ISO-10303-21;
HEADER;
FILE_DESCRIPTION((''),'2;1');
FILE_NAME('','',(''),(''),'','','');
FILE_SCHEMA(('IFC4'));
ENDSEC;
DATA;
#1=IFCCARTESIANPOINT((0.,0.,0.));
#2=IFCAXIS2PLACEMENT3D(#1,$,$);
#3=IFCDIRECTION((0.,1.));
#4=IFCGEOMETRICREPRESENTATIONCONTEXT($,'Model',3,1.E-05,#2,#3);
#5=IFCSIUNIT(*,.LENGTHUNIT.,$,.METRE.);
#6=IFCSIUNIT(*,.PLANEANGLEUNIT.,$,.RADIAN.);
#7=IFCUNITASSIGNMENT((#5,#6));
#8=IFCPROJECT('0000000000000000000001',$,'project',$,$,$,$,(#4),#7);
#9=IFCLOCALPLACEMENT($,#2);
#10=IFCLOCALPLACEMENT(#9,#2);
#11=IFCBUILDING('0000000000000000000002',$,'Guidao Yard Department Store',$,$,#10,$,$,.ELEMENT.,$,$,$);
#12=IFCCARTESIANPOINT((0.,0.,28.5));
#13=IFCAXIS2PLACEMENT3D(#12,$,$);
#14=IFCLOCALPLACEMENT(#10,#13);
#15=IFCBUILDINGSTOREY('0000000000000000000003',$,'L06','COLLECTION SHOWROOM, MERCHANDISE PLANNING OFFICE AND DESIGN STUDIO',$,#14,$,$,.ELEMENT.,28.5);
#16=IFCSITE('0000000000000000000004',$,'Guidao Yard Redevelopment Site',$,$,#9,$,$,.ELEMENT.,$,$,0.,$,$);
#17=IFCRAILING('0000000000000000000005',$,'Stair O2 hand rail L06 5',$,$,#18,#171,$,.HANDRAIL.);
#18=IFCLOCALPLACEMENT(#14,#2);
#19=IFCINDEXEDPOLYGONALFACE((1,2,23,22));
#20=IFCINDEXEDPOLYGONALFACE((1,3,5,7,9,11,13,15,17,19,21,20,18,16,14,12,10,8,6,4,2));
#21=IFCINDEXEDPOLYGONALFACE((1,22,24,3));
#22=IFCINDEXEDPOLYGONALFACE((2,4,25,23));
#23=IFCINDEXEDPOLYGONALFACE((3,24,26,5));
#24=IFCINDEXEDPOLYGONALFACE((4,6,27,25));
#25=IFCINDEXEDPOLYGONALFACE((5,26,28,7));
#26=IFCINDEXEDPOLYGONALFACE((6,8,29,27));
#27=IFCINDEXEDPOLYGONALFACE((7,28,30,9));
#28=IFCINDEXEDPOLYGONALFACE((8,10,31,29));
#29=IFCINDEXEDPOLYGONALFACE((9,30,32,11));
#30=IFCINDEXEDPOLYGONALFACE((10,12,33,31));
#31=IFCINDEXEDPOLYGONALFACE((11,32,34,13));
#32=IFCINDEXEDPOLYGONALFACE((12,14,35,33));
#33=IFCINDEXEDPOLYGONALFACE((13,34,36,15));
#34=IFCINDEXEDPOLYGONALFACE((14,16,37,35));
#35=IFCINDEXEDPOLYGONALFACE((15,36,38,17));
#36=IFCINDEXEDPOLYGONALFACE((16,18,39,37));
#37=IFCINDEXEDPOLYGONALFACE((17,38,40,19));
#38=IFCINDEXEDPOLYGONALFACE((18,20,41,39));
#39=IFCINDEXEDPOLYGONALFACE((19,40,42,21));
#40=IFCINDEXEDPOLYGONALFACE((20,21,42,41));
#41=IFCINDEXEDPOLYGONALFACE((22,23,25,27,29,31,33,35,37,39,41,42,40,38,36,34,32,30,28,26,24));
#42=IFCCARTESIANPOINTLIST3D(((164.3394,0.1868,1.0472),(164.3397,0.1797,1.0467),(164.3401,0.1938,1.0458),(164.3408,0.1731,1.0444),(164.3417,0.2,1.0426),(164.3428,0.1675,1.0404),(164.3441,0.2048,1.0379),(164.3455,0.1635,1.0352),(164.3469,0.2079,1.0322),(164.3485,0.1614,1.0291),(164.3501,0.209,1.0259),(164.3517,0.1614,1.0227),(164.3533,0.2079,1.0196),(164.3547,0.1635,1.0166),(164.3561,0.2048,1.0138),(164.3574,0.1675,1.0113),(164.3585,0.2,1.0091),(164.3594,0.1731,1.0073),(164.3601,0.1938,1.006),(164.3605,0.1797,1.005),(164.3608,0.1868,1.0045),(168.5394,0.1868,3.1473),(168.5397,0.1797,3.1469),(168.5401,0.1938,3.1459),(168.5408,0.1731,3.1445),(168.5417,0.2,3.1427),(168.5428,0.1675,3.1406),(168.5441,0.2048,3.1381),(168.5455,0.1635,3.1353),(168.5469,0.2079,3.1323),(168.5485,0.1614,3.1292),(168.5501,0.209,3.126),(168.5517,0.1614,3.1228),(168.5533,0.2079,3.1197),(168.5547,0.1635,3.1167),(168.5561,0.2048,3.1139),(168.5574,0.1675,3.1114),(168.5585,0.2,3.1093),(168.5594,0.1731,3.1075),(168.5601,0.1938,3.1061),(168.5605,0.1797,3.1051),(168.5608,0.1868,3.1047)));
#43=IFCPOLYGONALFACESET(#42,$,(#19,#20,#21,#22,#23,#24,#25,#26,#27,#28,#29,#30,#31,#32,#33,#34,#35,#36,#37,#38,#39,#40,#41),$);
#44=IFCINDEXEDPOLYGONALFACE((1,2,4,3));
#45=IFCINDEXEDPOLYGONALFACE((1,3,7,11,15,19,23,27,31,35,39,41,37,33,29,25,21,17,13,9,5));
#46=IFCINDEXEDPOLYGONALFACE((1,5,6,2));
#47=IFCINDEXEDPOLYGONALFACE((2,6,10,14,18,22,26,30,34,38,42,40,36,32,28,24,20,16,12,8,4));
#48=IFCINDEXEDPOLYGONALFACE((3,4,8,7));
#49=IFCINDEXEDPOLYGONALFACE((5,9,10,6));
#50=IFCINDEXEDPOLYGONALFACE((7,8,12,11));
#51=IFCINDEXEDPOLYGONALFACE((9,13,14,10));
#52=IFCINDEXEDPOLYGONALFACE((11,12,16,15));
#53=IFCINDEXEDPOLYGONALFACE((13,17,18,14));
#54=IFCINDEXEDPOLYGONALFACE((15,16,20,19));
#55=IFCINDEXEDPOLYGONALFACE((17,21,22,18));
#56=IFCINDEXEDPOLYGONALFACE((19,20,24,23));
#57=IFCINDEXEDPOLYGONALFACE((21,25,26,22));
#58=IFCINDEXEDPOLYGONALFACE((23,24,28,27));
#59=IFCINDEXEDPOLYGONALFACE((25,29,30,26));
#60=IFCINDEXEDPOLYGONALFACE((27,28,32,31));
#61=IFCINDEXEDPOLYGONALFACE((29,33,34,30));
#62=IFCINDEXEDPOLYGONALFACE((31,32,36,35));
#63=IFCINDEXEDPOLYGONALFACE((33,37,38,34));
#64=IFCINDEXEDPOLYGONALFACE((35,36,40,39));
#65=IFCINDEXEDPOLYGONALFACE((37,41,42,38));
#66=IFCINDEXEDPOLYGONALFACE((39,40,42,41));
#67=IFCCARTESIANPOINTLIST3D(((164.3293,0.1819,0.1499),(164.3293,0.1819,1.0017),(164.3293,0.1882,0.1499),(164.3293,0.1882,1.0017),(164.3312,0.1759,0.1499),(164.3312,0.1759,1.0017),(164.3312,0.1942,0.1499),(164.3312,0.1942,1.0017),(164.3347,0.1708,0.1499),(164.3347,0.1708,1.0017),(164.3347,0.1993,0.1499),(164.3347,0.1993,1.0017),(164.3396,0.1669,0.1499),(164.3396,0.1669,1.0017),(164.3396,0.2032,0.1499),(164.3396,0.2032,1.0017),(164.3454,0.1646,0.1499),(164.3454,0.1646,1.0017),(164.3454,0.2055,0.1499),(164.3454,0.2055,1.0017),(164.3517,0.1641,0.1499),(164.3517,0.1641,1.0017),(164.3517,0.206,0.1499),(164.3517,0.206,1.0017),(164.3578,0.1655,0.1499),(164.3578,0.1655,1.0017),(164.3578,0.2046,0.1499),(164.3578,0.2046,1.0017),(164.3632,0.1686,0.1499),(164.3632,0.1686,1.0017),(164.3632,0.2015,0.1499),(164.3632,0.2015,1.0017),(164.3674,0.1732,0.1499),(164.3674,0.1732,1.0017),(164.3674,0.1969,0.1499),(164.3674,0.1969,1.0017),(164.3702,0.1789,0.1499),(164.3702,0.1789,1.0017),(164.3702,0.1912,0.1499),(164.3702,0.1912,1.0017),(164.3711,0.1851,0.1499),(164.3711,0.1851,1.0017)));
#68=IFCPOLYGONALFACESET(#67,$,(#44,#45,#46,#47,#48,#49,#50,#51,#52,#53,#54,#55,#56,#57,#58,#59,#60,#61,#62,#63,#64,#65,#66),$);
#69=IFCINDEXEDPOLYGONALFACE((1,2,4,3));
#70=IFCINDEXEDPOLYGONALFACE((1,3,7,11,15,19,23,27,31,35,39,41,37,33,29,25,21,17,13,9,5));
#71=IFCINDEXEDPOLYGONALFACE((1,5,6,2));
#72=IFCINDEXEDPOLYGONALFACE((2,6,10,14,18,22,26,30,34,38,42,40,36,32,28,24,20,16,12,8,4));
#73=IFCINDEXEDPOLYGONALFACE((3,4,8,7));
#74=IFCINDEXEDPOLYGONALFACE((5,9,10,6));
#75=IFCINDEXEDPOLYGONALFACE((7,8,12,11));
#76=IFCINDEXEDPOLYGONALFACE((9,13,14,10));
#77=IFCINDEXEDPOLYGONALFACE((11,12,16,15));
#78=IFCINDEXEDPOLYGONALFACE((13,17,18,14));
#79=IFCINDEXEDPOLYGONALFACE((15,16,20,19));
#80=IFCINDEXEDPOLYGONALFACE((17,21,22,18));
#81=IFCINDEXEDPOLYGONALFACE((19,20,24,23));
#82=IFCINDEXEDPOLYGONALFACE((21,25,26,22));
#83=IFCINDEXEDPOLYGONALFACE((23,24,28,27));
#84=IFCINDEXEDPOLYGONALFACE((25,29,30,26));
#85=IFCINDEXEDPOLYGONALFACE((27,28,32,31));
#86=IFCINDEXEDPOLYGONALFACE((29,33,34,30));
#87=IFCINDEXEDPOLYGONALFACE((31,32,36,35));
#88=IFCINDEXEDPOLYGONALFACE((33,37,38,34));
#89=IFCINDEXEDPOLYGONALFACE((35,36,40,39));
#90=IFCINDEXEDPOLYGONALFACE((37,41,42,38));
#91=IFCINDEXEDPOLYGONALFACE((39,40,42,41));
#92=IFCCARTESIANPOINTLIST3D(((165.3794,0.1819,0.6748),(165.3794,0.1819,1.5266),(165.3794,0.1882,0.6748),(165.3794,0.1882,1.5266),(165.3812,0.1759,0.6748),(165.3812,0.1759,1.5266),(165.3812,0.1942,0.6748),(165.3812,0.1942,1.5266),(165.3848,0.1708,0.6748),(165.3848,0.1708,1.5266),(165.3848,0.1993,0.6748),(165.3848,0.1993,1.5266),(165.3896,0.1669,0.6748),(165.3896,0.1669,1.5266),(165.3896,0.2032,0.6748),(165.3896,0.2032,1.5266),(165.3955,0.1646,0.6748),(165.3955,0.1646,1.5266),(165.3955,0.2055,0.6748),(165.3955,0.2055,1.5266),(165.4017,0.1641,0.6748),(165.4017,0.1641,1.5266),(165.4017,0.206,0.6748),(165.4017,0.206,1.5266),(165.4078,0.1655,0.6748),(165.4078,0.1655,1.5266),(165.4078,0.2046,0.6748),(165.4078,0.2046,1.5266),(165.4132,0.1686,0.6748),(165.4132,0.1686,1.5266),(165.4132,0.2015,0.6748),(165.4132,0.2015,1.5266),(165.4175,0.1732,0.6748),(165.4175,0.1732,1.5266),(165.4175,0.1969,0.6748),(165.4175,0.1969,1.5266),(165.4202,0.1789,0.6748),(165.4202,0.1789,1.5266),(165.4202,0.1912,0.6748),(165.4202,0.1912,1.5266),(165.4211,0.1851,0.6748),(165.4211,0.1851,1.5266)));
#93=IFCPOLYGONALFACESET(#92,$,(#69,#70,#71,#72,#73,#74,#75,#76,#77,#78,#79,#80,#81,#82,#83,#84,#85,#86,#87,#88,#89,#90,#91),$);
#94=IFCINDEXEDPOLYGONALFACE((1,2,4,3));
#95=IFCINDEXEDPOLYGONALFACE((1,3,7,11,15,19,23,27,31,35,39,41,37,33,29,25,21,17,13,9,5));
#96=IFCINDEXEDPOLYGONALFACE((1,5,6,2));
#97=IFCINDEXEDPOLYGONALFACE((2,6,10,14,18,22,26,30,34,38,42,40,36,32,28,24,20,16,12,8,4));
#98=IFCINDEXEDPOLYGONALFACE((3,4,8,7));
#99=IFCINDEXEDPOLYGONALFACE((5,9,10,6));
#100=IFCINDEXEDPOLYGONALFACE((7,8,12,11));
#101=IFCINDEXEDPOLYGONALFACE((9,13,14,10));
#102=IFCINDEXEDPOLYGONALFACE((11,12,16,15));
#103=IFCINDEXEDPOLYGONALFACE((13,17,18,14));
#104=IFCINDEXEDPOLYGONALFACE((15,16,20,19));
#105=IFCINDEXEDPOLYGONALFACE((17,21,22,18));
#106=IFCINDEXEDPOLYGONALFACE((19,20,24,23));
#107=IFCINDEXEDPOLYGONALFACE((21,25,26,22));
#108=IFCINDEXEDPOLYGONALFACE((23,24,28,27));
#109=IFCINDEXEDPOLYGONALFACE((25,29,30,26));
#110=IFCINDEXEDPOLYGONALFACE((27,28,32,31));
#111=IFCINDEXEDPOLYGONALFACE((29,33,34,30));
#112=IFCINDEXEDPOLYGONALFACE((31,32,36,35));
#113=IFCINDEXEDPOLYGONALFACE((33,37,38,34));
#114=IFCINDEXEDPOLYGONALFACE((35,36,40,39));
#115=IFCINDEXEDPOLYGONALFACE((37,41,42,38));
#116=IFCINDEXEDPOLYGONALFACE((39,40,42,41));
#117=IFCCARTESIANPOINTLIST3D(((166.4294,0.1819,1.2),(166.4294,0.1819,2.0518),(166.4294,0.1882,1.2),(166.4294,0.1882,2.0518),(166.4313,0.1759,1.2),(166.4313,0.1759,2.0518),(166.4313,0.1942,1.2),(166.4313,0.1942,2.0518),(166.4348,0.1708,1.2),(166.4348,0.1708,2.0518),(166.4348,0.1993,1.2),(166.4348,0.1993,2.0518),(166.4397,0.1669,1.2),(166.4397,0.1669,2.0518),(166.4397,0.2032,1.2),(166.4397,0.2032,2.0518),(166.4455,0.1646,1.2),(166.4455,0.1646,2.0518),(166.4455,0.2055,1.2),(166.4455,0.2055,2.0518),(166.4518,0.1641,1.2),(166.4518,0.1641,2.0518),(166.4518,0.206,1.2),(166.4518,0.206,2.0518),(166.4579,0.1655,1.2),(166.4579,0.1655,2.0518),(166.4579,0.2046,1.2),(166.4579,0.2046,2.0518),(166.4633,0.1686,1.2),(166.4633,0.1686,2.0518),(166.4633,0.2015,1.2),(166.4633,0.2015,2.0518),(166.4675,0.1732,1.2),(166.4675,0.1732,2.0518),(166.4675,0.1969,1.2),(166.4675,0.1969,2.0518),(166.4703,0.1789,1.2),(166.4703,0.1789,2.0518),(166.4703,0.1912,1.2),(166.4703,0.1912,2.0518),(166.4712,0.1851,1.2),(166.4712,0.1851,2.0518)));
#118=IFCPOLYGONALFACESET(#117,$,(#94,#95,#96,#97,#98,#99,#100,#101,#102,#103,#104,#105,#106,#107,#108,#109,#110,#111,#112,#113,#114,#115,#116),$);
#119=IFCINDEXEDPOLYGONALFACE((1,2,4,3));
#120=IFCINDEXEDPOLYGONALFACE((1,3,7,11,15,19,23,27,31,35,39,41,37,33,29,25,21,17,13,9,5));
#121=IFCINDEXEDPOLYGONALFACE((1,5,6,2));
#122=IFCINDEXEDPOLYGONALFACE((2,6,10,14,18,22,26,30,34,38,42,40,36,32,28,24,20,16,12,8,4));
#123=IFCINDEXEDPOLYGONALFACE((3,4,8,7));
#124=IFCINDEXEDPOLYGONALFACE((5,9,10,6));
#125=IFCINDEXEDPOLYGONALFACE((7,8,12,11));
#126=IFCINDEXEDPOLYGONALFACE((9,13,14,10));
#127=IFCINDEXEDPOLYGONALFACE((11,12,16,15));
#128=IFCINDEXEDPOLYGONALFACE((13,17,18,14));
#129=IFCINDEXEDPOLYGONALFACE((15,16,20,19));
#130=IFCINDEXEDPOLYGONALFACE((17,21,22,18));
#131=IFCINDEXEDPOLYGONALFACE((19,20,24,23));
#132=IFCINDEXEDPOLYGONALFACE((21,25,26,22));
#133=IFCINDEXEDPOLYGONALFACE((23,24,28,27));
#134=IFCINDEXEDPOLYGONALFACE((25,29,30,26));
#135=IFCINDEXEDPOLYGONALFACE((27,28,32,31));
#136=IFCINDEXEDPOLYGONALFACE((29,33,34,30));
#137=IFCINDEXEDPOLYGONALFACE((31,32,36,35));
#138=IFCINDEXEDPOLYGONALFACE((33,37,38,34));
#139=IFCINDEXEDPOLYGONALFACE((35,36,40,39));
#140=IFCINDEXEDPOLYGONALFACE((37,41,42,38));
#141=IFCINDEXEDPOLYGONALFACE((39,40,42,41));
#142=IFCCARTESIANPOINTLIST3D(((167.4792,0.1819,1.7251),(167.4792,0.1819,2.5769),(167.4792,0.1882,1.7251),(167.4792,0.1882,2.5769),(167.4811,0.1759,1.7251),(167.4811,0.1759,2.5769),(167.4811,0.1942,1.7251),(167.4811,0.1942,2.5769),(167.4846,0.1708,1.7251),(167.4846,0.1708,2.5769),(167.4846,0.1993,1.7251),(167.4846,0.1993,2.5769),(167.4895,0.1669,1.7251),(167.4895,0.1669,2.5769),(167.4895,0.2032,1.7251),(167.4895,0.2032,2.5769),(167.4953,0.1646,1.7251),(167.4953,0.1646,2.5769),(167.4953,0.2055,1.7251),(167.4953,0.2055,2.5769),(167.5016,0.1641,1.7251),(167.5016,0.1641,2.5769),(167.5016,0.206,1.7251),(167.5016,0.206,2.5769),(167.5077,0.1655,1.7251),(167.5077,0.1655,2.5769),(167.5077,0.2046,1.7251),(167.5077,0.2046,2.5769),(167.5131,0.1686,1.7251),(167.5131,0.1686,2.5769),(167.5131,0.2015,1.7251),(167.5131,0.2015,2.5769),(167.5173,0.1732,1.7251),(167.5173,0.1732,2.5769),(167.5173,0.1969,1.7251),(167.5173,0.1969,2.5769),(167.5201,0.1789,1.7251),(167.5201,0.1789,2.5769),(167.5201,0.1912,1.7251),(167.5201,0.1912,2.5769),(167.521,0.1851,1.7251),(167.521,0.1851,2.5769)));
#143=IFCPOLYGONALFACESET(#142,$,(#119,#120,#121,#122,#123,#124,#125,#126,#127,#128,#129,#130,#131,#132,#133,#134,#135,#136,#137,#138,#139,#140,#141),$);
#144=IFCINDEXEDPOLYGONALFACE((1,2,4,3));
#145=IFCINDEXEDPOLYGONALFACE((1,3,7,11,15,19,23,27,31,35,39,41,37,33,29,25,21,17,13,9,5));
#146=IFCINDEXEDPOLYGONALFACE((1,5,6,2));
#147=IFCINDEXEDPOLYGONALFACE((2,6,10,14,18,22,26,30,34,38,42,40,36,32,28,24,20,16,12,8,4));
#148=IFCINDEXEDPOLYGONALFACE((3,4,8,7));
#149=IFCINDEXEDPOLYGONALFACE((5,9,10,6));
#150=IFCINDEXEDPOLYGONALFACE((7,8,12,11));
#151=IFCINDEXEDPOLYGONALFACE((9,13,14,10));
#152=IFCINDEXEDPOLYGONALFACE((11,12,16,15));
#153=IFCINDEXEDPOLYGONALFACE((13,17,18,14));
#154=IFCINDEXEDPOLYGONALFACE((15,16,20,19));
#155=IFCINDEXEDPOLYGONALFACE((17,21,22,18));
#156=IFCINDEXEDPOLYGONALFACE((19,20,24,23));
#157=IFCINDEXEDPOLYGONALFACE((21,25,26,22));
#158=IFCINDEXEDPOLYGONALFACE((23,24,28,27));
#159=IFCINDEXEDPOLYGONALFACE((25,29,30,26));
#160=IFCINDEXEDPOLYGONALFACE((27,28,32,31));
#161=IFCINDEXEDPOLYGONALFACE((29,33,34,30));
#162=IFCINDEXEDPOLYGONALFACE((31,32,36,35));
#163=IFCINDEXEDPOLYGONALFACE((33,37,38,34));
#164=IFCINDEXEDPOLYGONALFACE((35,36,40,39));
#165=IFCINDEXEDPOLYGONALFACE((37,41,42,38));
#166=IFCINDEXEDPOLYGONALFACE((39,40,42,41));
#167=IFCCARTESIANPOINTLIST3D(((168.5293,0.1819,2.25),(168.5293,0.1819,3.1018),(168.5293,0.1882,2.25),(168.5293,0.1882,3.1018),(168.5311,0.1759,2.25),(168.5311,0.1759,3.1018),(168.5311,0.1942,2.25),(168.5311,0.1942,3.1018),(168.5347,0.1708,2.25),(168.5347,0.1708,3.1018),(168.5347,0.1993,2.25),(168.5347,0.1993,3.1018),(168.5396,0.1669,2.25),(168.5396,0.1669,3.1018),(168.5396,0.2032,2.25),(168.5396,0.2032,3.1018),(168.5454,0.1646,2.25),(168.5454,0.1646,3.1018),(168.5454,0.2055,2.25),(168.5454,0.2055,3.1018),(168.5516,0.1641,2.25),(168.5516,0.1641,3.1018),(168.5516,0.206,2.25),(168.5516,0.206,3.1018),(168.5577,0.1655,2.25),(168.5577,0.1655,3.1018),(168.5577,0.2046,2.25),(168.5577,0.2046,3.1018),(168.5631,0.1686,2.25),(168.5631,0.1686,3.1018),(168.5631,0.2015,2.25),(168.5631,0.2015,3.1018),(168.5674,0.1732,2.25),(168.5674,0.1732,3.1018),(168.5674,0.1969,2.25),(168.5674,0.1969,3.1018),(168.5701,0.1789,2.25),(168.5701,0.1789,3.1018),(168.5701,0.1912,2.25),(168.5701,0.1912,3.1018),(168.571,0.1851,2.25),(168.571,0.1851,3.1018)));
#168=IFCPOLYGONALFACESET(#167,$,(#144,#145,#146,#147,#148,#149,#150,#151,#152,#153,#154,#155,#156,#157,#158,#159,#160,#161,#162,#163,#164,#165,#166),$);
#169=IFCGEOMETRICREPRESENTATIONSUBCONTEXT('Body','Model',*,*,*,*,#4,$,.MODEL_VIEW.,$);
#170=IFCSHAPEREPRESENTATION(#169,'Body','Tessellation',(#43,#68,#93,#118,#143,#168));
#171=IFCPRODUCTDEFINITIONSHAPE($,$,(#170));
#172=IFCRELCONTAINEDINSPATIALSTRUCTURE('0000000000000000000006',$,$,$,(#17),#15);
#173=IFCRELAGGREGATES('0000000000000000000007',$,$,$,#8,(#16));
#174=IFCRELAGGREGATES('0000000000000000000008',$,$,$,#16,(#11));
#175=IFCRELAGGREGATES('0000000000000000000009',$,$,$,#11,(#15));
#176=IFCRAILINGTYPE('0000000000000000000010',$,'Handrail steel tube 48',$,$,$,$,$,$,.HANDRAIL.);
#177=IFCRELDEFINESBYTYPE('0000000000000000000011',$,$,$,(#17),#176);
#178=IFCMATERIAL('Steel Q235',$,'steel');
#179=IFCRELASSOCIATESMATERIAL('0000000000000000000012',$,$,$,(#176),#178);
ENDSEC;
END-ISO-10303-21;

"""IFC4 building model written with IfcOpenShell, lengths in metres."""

from ifc_helpers import new_model, si_unit, direction, frame, origin, origin_2d, place, context, subcontext, project, spatial, circle, extrude, material, type_object, element, save


model = new_model("IFC4")

# Units and contexts
model_context = context("Model", 3, precision=1e-05, world=origin(), true_north=direction((0.0, 1.0)))
body_context = subcontext(model_context, "Body", "Model", "MODEL_VIEW")
ifc_project = project(units=[si_unit("LENGTHUNIT", "METRE"), si_unit("PLANEANGLEUNIT", "RADIAN")], contexts=[model_context])

# Site, building, storey
site_placement = place(None, origin())
site = spatial("IfcSite", under=ifc_project, at=site_placement, Name="Guidao Yard Redevelopment Site", CompositionType="ELEMENT", RefElevation=0.0)
building_placement = place(site_placement, origin())
building = spatial("IfcBuilding", under=site, at=building_placement, Name="Guidao Yard Department Store", CompositionType="ELEMENT")
storey_placement = place(building_placement, frame((0.0, 0.0, 28.5)))
storey = spatial("IfcBuildingStorey", under=building, at=storey_placement, Name="L06", Description="COLLECTION SHOWROOM, MERCHANDISE PLANNING OFFICE AND DESIGN STUDIO", CompositionType="ELEMENT", Elevation=28.5)

# Railing
ifc_material_1 = material(Name="Steel Q235", Category="steel")
railing_type_1 = type_object("IfcRailingType", Name="Handrail steel tube 48", PredefinedType="HANDRAIL", material=ifc_material_1)
for number, where, name in (
    (1, (164.3501, 0.1851, 0.1499), "Stair O2 hand rail L06 5"),
):
    element("IfcRailing", number, at=place(storey_placement, frame(where)), inside=storey, type_object=railing_type_1, Name=name, PredefinedType="HANDRAIL", context=body_context, shape_type="SweptSolid", body=[
        extrude(circle(Radius=0.0239, at=origin_2d()), frame((0.0, 0.0, 0.876), z_axis=(0.894417, 0.0, 0.447234), x_axis=(0.0, 1.0, 0.0)), (0.0, 0.0, 1.0), 4.6958),
        extrude(circle(Radius=0.021, at=origin_2d()), origin(), (0.0, 0.0, 1.0), 0.8518),
        extrude(circle(Radius=0.021, at=origin_2d()), frame((1.05, 0.0, 0.5249)), (0.0, 0.0, 1.0), 0.8518),
        extrude(circle(Radius=0.021, at=origin_2d()), frame((2.1001, 0.0, 1.05)), (0.0, 0.0, 1.0), 0.8518),
        extrude(circle(Radius=0.021, at=origin_2d()), frame((3.1499, 0.0, 1.5752)), (0.0, 0.0, 1.0), 0.8518),
        extrude(circle(Radius=0.021, at=origin_2d()), frame((4.2, 0.0, 2.1001)), (0.0, 0.0, 1.0), 0.8518),
    ])

save(model, "model.ifc")
